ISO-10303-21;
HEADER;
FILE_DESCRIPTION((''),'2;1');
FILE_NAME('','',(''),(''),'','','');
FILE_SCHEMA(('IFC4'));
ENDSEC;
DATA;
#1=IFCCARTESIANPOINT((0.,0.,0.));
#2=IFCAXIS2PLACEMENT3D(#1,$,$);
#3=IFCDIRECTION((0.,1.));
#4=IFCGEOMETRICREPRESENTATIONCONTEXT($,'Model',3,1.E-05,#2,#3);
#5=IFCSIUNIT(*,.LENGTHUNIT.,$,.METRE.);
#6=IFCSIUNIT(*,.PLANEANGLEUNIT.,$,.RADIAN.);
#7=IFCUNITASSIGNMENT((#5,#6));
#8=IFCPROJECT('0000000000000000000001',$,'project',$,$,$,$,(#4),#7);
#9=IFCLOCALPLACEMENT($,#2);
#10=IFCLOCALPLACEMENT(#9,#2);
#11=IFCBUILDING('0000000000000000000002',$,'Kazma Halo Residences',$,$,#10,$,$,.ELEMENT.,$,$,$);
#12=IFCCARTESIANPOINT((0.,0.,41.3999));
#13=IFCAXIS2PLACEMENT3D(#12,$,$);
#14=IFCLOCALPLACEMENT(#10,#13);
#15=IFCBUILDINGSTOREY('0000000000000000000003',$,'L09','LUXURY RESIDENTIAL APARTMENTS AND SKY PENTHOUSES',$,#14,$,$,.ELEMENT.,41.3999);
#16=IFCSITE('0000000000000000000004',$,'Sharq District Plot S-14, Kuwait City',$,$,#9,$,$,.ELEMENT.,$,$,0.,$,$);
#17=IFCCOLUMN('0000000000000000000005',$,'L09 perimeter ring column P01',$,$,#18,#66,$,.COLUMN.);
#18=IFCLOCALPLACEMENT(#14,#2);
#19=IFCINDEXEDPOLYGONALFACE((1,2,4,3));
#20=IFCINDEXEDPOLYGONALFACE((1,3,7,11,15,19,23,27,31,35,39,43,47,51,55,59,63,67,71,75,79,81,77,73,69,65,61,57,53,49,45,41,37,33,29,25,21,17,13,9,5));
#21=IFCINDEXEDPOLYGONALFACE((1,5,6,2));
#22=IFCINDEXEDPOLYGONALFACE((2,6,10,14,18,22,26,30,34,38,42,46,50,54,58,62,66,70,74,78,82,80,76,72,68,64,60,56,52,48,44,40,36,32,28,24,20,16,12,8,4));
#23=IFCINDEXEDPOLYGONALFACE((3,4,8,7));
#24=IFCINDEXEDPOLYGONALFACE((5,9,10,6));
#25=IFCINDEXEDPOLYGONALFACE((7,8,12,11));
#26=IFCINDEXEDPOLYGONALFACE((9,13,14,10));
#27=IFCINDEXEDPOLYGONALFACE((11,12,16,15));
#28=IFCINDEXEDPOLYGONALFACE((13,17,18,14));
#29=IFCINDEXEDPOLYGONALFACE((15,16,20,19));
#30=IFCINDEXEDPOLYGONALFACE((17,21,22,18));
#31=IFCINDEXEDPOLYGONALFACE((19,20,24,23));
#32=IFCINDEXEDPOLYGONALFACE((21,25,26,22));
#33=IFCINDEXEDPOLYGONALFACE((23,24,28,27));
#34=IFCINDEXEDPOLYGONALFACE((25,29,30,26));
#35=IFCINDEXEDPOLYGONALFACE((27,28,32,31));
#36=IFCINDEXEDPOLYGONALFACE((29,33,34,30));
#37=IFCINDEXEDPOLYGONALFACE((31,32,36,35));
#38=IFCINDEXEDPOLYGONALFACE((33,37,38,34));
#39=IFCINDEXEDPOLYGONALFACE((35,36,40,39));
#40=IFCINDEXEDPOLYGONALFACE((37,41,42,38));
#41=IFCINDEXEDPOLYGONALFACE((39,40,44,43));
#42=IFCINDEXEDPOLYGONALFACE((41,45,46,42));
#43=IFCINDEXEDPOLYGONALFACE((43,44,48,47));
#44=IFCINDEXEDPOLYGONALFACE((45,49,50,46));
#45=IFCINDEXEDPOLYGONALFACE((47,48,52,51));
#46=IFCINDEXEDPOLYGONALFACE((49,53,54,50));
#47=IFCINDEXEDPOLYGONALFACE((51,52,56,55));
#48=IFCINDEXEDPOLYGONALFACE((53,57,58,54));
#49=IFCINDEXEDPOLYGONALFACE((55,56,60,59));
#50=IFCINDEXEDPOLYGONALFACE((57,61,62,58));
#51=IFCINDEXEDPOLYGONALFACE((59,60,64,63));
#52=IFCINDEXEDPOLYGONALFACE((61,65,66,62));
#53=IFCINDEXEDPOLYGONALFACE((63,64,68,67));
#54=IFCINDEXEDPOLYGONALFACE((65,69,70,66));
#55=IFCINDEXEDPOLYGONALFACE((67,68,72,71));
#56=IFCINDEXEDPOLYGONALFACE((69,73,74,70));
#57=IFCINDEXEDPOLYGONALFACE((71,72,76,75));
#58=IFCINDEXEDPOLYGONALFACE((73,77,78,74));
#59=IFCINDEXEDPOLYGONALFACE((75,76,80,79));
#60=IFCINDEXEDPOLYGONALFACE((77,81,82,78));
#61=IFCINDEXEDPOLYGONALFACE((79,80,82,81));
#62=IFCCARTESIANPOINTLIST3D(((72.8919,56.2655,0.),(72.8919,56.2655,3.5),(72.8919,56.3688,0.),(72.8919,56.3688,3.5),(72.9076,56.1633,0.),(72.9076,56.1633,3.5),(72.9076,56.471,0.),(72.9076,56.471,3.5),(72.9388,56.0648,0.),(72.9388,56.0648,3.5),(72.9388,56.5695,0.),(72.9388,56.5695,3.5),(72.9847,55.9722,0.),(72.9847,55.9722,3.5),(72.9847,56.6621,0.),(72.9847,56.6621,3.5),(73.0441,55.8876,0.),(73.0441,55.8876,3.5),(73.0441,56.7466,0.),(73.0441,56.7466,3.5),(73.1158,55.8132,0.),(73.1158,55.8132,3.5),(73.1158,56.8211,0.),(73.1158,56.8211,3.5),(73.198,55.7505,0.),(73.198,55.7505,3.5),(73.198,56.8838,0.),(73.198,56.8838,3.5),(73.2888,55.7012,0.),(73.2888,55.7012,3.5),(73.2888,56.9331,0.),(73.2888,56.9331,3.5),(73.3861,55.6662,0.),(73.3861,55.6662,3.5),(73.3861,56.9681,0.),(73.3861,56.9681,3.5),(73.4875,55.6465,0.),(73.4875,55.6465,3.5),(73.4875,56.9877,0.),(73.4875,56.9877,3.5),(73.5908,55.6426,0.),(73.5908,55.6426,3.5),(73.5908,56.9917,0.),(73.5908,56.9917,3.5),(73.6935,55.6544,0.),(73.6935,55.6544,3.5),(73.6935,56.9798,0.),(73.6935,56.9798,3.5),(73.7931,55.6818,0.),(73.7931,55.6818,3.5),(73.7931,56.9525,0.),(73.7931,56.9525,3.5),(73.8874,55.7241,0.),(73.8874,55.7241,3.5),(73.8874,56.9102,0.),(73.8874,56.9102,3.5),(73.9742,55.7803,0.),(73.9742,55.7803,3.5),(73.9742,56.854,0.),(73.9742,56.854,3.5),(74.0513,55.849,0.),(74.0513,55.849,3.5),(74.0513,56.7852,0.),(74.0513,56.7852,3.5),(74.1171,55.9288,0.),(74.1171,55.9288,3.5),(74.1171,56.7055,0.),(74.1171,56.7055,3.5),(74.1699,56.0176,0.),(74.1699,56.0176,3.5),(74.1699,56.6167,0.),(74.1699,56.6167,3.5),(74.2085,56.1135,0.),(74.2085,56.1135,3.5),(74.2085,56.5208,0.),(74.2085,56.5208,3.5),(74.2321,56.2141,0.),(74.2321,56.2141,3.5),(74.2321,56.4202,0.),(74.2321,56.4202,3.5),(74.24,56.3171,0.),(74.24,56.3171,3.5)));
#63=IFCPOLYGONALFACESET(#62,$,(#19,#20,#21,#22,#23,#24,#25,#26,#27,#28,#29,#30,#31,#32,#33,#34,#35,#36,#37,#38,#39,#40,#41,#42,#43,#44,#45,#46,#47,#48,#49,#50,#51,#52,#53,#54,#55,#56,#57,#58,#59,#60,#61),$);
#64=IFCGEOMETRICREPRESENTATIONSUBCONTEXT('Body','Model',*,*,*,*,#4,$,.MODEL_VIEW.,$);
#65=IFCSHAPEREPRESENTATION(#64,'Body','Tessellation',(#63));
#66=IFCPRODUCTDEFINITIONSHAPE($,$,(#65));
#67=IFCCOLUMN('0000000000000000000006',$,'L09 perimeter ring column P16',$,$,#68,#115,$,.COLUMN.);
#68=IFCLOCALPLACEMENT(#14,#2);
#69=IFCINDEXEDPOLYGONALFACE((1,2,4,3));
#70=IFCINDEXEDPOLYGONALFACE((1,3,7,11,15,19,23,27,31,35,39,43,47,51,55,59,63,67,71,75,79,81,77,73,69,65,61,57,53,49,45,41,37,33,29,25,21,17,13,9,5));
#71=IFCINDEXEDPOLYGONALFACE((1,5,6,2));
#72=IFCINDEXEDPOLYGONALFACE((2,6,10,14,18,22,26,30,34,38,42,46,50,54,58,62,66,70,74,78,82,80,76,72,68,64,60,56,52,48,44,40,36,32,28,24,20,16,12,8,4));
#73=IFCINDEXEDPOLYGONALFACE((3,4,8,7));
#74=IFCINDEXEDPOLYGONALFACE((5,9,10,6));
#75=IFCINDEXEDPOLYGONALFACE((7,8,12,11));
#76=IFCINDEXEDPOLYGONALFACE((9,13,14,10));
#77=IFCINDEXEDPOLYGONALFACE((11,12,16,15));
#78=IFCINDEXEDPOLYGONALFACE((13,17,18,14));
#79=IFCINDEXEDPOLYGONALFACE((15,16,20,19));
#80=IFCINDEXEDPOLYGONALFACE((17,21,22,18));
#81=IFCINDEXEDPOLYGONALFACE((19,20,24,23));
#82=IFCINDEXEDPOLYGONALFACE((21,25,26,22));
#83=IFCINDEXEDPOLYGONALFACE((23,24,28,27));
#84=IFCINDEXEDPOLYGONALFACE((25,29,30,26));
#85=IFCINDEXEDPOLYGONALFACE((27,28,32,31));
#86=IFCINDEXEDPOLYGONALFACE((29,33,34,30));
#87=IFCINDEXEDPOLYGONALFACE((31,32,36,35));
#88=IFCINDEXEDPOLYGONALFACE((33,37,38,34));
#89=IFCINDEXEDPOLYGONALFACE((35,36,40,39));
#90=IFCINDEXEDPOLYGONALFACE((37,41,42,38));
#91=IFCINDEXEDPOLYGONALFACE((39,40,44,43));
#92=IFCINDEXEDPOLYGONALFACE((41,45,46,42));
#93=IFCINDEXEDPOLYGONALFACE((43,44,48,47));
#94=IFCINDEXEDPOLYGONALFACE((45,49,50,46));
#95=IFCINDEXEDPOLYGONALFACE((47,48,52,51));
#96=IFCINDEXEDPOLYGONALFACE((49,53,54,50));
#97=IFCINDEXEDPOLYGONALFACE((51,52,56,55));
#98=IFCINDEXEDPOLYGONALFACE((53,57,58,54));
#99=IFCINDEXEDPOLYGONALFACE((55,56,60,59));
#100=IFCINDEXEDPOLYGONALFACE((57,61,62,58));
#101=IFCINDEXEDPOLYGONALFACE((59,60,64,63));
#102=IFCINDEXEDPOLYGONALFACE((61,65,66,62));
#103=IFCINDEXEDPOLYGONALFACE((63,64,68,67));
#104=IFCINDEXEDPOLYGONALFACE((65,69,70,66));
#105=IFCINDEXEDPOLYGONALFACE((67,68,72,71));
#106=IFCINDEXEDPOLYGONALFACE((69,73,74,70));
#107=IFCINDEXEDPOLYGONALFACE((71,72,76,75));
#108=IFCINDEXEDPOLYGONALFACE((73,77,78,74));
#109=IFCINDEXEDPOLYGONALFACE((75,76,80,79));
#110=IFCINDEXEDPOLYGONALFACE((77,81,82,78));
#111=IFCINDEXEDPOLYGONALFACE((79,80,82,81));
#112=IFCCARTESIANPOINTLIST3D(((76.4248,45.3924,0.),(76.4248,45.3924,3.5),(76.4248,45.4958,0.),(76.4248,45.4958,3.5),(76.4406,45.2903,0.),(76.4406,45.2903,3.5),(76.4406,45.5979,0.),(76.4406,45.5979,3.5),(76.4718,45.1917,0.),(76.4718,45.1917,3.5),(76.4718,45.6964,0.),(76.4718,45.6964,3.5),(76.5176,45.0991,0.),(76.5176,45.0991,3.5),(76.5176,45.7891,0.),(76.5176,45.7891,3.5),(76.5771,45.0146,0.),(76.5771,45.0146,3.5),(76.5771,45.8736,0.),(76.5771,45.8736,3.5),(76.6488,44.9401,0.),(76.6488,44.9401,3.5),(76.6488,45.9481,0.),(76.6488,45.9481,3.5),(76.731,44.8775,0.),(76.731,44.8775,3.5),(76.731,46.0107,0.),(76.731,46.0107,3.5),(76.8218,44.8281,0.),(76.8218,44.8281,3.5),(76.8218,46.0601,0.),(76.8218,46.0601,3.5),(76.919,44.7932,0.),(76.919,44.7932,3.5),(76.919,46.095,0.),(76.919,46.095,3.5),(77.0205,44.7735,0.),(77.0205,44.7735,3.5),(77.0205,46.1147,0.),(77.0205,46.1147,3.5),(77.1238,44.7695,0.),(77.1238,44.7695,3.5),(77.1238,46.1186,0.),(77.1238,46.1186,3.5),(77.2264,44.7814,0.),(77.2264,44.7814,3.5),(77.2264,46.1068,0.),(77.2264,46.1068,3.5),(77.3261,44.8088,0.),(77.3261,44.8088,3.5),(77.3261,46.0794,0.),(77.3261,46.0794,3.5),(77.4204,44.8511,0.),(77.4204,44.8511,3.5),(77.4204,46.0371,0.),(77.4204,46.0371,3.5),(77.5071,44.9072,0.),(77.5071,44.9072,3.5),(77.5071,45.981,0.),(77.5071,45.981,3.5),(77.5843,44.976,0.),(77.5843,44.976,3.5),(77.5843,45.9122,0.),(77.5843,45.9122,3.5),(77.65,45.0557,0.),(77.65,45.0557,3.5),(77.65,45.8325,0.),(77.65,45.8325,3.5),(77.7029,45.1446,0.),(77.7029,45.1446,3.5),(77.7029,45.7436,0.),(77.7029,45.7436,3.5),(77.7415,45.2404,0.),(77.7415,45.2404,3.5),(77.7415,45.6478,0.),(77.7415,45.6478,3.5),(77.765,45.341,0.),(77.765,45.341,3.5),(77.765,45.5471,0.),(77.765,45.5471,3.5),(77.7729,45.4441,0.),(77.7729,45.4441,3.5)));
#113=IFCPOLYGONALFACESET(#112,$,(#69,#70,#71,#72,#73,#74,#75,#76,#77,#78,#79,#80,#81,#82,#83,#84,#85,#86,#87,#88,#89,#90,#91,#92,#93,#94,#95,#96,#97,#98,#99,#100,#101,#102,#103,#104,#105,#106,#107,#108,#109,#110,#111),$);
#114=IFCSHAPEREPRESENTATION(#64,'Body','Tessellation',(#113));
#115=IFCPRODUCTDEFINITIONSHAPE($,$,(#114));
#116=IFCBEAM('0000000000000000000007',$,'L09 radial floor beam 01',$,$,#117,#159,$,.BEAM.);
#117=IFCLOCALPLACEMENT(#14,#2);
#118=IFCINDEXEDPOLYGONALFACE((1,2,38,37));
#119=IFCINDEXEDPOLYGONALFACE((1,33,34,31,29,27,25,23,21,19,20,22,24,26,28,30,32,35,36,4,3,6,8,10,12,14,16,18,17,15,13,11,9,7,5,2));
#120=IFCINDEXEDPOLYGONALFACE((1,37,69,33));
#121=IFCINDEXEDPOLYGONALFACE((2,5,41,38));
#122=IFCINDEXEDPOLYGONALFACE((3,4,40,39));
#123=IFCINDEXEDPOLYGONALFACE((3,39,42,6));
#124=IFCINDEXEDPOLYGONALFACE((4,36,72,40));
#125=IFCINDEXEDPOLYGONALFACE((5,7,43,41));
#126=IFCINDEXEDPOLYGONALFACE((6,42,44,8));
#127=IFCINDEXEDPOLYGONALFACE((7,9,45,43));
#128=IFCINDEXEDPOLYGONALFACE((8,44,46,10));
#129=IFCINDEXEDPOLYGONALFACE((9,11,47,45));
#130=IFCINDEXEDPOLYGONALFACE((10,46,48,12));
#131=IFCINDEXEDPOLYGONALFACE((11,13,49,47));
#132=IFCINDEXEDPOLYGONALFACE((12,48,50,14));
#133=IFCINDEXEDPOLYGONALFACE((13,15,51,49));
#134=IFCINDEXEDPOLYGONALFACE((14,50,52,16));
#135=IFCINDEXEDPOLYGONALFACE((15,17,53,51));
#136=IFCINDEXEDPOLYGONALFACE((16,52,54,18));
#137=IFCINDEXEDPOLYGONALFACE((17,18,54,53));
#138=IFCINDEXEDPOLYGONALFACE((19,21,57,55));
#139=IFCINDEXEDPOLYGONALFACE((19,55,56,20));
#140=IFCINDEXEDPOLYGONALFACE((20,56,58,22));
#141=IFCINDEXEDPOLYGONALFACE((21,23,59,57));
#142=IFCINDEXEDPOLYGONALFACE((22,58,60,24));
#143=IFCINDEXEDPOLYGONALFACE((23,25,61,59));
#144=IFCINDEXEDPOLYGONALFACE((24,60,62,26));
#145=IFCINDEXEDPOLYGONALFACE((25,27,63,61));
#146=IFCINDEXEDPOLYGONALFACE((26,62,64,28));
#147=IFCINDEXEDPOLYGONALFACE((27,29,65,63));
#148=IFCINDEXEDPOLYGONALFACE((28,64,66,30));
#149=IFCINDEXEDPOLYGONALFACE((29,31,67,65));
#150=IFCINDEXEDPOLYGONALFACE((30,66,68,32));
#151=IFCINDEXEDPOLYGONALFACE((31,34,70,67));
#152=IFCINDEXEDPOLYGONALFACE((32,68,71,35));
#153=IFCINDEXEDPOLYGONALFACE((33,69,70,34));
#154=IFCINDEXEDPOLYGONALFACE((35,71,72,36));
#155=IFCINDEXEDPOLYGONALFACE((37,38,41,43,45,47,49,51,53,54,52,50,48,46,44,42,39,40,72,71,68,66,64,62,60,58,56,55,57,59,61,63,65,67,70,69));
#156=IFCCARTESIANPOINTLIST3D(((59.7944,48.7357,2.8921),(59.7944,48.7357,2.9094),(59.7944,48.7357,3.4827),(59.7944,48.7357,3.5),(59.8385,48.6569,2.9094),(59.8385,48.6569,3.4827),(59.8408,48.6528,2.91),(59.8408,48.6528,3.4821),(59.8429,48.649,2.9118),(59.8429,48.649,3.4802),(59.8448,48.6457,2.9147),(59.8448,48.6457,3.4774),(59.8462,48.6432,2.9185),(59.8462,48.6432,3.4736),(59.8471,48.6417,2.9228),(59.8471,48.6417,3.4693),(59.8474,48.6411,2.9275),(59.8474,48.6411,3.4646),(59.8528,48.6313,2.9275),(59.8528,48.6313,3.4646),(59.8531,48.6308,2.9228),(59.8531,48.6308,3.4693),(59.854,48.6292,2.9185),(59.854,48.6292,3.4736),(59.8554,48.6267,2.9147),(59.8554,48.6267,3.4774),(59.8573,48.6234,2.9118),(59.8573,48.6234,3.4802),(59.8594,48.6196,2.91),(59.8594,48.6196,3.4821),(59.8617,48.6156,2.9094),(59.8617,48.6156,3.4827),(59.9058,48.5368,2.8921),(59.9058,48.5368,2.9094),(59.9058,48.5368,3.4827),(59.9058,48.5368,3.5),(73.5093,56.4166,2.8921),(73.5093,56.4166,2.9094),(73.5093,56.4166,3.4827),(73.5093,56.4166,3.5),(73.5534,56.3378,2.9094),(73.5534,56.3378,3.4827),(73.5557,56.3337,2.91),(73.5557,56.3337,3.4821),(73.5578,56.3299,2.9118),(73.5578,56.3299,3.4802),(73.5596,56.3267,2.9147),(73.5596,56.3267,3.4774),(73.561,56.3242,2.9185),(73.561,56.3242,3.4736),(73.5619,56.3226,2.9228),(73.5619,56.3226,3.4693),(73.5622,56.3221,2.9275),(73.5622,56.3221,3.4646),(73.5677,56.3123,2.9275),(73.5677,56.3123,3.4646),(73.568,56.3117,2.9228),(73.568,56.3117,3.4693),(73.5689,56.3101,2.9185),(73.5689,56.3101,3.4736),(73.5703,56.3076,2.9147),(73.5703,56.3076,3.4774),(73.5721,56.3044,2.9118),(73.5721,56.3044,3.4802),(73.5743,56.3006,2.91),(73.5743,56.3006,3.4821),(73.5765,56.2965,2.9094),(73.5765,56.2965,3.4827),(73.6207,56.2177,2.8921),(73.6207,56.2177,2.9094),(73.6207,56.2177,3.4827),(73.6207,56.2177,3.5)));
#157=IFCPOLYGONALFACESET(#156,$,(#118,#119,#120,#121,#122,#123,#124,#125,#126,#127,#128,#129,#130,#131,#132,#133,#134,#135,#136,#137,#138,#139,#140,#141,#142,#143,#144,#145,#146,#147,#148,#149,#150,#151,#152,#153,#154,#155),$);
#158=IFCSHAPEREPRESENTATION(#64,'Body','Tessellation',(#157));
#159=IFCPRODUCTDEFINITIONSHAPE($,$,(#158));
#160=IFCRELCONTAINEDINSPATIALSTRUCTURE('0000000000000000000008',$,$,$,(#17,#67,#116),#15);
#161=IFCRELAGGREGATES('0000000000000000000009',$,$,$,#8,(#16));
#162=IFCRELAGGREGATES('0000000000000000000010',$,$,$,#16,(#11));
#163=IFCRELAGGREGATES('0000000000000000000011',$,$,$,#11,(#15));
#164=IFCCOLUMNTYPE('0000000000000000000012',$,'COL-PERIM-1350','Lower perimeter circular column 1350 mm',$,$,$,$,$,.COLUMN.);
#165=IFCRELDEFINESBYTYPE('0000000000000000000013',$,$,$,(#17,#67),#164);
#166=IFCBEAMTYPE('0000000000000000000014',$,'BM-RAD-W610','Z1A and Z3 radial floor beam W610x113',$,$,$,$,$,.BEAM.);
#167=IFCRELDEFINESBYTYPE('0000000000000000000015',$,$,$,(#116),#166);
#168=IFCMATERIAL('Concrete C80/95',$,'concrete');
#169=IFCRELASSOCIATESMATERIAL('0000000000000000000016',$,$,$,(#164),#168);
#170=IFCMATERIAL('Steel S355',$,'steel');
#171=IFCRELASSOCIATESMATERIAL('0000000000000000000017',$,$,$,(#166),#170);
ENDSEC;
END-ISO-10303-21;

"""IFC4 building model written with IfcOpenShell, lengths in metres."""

from ifc_helpers import new_model, si_unit, direction, frame, origin, origin_2d, place, context, subcontext, project, spatial, circle, i_section, extrude, material, material_profile, profile_set, type_object, element, save


model = new_model("IFC4")

# Units and contexts
model_context = context("Model", 3, precision=1e-05, world=origin(), true_north=direction((0.0, 1.0)))
body_context = subcontext(model_context, "Body", "Model", "MODEL_VIEW")
ifc_project = project(units=[si_unit("LENGTHUNIT", "METRE"), si_unit("PLANEANGLEUNIT", "RADIAN")], contexts=[model_context])

# Site, building, storey
site_placement = place(None, origin())
site = spatial("IfcSite", under=ifc_project, at=site_placement, Name="Sharq District Plot S-14, Kuwait City", CompositionType="ELEMENT", RefElevation=0.0)
building_placement = place(site_placement, origin())
building = spatial("IfcBuilding", under=site, at=building_placement, Name="Kazma Halo Residences", CompositionType="ELEMENT")
storey_placement = place(building_placement, frame((0.0, 0.0, 41.3999)))
storey = spatial("IfcBuildingStorey", under=building, at=storey_placement, Name="L09", Description="LUXURY RESIDENTIAL APARTMENTS AND SKY PENTHOUSES", CompositionType="ELEMENT", Elevation=41.3999)

# Columns
ifc_material_1 = material(Name="Concrete C80/95", Category="concrete")
ifc_material_profile_1 = material_profile(ifc_material_1, circle(Radius=0.675, at=origin_2d()), Name="CIRC1350")
ifc_profile_set_1 = profile_set([ifc_material_profile_1], Name="Concrete C80/95")
column_type = type_object("IfcColumnType", Name="COL-PERIM-1350", Description="Lower perimeter circular column 1350 mm", PredefinedType="COLUMN", material=ifc_profile_set_1)
for number, where, z_axis, x_axis, name in (
    (1, (73.5649, 56.3171, 0.0), (0.0, 0.0, 1.0), (1.0, 0.0, 0.0), "L09 perimeter ring column P01"),
    (2, (77.0979, 45.4441, 0.0), (0.0, 0.0, 1.0), (1.0, 0.0, 0.0), "L09 perimeter ring column P16"),
):
    element("IfcColumn", number, at=place(storey_placement, frame(where, z_axis=z_axis, x_axis=x_axis)), inside=storey, type_object=column_type, Name=name, PredefinedType="COLUMN", context=body_context, shape_type="SweptSolid", body=[
        extrude(circle(Radius=0.675, at=origin_2d()), origin(), (0.0, 0.0, 1.0), 3.5),
    ])

# Beam
ifc_material_2 = material(Name="Steel S355", Category="steel")
ifc_material_profile_2 = material_profile(ifc_material_2, i_section(OverallWidth=0.228, OverallDepth=0.6079, WebThickness=0.0112, FlangeThickness=0.0173, FilletRadius=0.0181, at=origin_2d()), Name="W610x113")
ifc_profile_set_2 = profile_set([ifc_material_profile_2], Name="Steel S355")
beam_type_1 = type_object("IfcBeamType", Name="BM-RAD-W610", Description="Z1A and Z3 radial floor beam W610x113", PredefinedType="BEAM", material=ifc_profile_set_2)
beam_1_placement = place(storey_placement, frame((59.8501, 48.6362, 3.196), z_axis=(0.87249, 0.488632, 0.0), x_axis=(-0.488632, 0.87249, 0.0)))
element("IfcBeam", 3, at=beam_1_placement, inside=storey, type_object=beam_type_1, Name="L09 radial floor beam 01", PredefinedType="BEAM", context=body_context, shape_type="SweptSolid", body=[
    extrude(i_section(OverallWidth=0.228, OverallDepth=0.6079, WebThickness=0.0112, FlangeThickness=0.0173, FilletRadius=0.0181, at=origin_2d()), origin(), (0.0, 0.0, 1.0), 15.7192),
])

save(model, "model.ifc")
